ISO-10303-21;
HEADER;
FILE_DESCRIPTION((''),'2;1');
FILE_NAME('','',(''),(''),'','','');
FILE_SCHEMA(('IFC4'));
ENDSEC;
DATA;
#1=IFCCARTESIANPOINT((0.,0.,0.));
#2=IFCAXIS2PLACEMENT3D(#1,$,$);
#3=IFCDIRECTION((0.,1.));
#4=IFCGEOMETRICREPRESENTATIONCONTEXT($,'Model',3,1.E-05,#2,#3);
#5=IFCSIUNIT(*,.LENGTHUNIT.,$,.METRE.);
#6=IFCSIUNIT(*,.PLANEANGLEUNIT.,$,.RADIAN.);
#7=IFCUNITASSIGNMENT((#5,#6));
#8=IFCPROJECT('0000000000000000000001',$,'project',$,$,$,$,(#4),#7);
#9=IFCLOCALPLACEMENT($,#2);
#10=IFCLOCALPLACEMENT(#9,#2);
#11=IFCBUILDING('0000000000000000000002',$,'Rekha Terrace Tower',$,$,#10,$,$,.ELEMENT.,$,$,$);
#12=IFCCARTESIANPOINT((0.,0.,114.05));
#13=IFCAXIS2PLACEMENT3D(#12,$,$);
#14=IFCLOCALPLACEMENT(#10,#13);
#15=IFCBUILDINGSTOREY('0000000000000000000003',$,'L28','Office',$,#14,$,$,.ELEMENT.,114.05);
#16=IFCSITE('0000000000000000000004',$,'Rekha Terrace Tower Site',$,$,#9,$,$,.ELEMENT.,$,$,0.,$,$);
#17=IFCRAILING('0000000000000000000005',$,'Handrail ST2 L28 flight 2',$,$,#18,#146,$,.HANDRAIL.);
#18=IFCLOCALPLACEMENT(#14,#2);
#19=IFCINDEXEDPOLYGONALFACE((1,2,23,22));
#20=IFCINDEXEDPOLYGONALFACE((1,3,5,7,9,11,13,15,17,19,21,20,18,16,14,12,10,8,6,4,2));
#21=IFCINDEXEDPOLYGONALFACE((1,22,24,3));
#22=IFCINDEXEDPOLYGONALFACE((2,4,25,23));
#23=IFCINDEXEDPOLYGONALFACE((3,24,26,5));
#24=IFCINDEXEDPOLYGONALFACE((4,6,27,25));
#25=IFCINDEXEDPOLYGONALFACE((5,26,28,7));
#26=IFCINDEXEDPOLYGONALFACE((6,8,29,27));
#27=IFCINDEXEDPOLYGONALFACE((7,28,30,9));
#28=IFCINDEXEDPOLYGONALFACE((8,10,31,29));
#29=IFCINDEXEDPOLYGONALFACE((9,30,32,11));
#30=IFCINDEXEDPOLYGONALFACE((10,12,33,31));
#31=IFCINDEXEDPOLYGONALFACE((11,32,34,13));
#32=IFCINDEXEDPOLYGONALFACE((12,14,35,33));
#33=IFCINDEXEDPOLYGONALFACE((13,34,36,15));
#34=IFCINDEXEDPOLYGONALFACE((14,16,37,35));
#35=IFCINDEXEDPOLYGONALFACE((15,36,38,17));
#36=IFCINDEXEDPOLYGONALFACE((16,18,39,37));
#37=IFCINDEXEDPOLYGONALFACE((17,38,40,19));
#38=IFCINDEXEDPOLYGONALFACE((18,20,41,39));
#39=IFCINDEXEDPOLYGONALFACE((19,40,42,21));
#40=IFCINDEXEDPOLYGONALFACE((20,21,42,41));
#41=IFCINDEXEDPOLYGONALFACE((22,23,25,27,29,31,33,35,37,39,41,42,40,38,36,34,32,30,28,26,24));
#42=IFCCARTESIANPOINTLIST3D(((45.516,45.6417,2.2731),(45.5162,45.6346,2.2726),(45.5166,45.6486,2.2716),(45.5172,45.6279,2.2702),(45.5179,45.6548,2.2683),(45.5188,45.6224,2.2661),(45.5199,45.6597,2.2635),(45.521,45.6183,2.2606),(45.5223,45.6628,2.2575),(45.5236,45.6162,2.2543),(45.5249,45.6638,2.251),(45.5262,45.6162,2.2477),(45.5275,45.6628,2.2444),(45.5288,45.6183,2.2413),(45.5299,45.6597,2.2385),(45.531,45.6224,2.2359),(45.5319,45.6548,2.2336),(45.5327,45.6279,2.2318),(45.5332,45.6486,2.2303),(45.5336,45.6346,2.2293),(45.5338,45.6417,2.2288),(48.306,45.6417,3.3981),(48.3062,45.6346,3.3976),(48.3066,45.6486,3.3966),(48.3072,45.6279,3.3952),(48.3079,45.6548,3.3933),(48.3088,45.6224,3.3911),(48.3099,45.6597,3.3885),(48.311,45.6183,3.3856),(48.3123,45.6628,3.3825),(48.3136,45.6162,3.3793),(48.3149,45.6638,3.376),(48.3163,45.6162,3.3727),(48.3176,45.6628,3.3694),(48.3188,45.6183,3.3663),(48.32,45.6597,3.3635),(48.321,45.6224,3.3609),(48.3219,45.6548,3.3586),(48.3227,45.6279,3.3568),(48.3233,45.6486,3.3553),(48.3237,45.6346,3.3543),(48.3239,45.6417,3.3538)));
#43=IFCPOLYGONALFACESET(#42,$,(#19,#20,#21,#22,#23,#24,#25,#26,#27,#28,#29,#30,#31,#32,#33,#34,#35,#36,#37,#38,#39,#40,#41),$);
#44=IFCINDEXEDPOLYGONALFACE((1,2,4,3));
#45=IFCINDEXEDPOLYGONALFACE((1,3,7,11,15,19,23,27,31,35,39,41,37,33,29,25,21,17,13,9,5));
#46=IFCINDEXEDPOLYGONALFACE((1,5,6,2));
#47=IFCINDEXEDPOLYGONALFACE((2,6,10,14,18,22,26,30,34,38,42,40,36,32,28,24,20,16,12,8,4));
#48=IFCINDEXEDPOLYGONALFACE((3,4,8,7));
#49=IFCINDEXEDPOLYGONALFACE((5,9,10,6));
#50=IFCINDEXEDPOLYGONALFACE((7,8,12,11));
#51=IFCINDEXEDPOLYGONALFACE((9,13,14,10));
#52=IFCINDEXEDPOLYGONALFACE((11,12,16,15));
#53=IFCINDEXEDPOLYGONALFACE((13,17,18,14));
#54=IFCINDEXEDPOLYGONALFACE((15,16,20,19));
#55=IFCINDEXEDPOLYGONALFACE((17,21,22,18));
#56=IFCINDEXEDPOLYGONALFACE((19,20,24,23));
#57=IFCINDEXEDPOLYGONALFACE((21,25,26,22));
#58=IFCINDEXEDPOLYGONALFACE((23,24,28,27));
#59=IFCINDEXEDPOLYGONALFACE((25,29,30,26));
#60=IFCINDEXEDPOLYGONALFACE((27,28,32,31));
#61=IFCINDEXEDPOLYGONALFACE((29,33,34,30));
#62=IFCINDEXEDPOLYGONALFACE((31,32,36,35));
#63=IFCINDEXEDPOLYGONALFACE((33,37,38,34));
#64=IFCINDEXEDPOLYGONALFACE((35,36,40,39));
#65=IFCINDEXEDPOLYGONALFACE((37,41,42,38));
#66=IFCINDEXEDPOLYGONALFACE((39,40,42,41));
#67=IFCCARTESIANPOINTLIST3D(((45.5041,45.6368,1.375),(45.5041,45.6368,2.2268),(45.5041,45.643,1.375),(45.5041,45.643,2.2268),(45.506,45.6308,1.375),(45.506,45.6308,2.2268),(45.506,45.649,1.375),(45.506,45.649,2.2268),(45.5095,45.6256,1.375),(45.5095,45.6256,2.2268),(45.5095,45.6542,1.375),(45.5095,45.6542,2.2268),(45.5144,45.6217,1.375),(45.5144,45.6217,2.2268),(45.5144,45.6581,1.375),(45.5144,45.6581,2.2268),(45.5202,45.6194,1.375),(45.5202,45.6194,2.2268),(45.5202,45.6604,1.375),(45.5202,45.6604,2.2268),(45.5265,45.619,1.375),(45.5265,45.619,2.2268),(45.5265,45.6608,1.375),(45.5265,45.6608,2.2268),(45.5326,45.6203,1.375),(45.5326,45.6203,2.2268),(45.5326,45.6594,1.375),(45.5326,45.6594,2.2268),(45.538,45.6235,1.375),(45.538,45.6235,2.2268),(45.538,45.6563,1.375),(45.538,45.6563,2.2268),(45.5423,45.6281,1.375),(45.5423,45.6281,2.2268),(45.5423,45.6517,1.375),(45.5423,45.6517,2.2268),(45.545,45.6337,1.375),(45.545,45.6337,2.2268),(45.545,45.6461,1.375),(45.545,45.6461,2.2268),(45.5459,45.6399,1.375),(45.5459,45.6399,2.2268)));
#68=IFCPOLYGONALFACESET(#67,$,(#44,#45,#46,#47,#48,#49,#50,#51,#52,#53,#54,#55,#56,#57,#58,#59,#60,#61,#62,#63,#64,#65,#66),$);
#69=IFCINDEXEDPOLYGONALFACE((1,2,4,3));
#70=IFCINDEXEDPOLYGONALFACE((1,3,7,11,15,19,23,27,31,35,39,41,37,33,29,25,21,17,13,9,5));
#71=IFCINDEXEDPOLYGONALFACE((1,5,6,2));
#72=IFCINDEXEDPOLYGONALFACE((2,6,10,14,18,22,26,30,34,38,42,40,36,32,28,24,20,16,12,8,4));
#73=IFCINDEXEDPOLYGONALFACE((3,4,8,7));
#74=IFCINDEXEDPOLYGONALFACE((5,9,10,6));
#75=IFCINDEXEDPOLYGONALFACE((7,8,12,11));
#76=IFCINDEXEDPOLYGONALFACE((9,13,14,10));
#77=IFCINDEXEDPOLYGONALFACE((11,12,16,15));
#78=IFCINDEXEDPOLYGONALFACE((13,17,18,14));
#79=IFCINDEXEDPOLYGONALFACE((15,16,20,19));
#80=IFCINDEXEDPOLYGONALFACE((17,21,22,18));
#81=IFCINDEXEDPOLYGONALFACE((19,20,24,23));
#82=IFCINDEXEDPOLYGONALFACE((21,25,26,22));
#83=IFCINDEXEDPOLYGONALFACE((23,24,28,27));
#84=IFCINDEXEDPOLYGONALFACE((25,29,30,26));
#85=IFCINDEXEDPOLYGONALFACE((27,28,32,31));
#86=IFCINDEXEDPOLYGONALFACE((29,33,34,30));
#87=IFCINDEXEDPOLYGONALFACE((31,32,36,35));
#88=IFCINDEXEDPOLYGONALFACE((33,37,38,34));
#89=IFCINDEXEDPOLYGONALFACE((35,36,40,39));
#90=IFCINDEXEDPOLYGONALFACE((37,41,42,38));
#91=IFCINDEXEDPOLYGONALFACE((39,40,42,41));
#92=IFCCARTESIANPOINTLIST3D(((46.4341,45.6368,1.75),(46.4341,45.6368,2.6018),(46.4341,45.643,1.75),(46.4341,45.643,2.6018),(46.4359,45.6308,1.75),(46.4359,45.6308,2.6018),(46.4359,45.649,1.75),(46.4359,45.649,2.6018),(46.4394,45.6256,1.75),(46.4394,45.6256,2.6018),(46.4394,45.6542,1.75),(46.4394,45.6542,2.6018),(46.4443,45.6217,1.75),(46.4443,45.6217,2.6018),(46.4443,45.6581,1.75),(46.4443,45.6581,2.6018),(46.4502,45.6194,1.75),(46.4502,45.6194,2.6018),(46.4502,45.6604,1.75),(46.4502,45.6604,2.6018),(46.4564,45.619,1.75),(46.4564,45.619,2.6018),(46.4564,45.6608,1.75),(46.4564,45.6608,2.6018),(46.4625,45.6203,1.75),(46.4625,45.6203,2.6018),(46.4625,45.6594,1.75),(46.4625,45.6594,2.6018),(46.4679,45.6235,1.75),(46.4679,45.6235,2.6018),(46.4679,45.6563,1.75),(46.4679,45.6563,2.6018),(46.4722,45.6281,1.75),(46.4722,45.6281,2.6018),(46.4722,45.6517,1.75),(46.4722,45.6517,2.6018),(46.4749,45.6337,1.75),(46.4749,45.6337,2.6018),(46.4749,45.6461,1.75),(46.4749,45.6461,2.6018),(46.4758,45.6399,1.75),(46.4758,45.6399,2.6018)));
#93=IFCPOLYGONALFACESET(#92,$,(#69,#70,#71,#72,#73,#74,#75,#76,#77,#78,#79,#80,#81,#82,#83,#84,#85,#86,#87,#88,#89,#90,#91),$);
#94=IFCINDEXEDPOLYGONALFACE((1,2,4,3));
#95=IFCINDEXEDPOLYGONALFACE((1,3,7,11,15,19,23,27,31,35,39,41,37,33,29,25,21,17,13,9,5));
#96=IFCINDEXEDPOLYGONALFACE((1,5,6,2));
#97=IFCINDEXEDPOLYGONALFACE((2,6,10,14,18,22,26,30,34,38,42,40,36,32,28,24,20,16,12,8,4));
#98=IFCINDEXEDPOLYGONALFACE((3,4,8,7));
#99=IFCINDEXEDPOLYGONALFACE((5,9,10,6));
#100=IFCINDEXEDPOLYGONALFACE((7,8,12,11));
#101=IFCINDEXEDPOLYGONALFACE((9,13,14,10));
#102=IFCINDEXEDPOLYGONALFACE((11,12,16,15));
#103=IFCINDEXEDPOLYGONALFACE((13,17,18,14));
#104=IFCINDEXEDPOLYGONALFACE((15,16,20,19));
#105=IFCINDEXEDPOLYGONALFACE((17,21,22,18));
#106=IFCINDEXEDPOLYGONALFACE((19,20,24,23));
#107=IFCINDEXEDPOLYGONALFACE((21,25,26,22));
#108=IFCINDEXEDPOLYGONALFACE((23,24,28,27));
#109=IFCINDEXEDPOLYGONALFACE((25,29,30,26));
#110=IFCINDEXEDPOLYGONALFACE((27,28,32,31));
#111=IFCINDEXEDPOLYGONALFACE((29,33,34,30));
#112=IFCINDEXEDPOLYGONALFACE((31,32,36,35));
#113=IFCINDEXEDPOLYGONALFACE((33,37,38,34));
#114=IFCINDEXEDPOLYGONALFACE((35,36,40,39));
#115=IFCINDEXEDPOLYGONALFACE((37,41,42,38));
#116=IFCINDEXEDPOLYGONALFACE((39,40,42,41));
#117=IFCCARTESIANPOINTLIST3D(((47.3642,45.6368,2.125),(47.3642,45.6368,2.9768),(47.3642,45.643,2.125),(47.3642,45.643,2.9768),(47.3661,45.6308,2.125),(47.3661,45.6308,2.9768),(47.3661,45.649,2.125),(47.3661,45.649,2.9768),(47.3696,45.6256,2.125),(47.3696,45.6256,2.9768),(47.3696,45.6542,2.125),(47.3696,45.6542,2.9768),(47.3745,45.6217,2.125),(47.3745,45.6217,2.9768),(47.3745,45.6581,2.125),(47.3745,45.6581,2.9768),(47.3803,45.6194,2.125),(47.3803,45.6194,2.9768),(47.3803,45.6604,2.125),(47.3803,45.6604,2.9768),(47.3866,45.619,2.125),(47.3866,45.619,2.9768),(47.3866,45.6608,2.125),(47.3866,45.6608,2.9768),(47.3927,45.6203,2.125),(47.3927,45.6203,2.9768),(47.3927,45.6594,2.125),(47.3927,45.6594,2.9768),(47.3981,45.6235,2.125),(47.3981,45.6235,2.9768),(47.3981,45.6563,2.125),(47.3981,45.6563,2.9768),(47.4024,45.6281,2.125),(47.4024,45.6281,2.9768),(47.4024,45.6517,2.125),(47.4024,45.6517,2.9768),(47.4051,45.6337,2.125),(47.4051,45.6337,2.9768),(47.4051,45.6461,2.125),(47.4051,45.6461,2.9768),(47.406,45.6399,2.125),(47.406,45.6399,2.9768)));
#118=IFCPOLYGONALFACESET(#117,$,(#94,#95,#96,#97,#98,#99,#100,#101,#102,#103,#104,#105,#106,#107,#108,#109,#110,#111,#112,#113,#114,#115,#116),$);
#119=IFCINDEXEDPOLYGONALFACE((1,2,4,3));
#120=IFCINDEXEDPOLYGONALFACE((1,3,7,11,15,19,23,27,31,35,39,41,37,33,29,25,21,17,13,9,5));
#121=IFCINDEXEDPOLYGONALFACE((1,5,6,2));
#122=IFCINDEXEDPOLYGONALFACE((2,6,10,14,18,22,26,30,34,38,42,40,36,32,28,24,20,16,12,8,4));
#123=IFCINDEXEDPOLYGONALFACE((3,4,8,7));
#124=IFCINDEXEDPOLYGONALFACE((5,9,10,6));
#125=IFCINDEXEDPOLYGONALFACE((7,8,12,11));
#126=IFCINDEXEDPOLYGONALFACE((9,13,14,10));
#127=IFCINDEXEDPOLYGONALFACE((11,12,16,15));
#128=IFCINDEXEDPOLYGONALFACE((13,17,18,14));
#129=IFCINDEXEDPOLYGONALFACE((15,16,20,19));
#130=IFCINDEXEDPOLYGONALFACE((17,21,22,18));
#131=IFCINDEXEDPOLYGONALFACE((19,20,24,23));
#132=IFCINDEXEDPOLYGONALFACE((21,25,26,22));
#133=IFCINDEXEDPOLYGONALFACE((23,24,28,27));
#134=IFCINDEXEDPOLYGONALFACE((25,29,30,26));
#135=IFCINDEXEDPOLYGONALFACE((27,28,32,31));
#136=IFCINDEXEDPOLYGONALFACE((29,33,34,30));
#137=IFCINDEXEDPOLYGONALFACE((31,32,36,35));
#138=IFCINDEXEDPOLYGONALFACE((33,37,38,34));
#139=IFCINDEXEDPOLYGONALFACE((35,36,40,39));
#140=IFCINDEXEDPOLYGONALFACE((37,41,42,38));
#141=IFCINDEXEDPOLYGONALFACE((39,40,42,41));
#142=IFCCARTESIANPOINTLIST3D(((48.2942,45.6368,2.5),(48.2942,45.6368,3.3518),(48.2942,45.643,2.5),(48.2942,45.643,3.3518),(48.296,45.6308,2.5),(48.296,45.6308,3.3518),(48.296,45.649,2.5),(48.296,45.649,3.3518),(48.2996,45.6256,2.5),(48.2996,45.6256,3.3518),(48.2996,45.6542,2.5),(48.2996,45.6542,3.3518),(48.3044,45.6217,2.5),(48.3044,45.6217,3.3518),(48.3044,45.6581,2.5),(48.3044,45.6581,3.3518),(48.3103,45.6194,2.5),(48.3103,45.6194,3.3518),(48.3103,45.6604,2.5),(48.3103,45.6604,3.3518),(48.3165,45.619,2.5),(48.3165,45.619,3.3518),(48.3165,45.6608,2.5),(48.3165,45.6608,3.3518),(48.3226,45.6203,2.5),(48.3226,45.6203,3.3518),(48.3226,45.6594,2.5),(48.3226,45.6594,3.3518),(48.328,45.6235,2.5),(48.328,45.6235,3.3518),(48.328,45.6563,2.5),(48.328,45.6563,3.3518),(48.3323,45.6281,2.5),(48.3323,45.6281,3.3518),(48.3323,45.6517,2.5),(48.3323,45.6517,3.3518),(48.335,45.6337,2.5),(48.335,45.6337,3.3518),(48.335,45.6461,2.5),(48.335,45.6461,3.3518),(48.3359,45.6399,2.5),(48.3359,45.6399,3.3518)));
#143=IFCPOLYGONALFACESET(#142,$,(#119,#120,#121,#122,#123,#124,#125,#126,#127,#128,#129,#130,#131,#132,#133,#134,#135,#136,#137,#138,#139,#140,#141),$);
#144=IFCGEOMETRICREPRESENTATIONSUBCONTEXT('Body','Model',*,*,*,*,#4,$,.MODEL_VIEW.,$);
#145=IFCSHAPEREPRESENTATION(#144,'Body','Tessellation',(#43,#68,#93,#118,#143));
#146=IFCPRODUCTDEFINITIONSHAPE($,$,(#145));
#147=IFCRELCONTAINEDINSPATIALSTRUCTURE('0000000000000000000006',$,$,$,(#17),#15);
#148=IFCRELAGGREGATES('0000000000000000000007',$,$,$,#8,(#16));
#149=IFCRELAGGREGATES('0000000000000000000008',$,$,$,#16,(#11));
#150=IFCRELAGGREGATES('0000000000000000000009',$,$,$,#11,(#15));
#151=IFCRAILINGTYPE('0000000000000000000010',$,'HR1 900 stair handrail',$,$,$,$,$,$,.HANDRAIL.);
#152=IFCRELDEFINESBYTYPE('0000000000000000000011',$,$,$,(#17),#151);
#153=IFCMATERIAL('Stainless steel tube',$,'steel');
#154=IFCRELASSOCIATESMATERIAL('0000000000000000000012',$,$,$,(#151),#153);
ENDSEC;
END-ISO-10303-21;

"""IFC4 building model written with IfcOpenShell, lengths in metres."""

from ifc_helpers import new_model, si_unit, direction, frame, origin, origin_2d, place, context, subcontext, project, spatial, circle, extrude, material, type_object, element, save


model = new_model("IFC4")

# Units and contexts
model_context = context("Model", 3, precision=1e-05, world=origin(), true_north=direction((0.0, 1.0)))
body_context = subcontext(model_context, "Body", "Model", "MODEL_VIEW")
ifc_project = project(units=[si_unit("LENGTHUNIT", "METRE"), si_unit("PLANEANGLEUNIT", "RADIAN")], contexts=[model_context])

# Site, building, storey
site_placement = place(None, origin())
site = spatial("IfcSite", under=ifc_project, at=site_placement, Name="Rekha Terrace Tower Site", CompositionType="ELEMENT", RefElevation=0.0)
building_placement = place(site_placement, origin())
building = spatial("IfcBuilding", under=site, at=building_placement, Name="Rekha Terrace Tower", CompositionType="ELEMENT")
storey_placement = place(building_placement, frame((0.0, 0.0, 114.05)))
storey = spatial("IfcBuildingStorey", under=building, at=storey_placement, Name="L28", Description="Office", CompositionType="ELEMENT", Elevation=114.05)

# Railing
ifc_material_1 = material(Name="Stainless steel tube", Category="steel")
railing_type_1 = type_object("IfcRailingType", Name="HR1 900 stair handrail", PredefinedType="HANDRAIL", material=ifc_material_1)
railing_1_placement = place(storey_placement, frame((45.5249, 45.6399, 1.375)))
element("IfcRailing", 1, at=railing_1_placement, inside=storey, type_object=railing_type_1, Name="Handrail ST2 L28 flight 2", PredefinedType="HANDRAIL", context=body_context, shape_type="SweptSolid", body=[
    extrude(circle(Radius=0.0239, at=origin_2d()), frame((0.0, 0.0, 0.876), z_axis=(0.927443, 0.0, 0.373964), x_axis=(0.0, 1.0, 0.0)), (0.0, 0.0, 1.0), 3.0083),
    extrude(circle(Radius=0.021, at=origin_2d()), origin(), (0.0, 0.0, 1.0), 0.8518),
    extrude(circle(Radius=0.021, at=origin_2d()), frame((0.9299, 0.0, 0.375)), (0.0, 0.0, 1.0), 0.8518),
    extrude(circle(Radius=0.021, at=origin_2d()), frame((1.8601, 0.0, 0.75)), (0.0, 0.0, 1.0), 0.8518),
    extrude(circle(Radius=0.021, at=origin_2d()), frame((2.79, 0.0, 1.125)), (0.0, 0.0, 1.0), 0.8518),
])

save(model, "model.ifc")
